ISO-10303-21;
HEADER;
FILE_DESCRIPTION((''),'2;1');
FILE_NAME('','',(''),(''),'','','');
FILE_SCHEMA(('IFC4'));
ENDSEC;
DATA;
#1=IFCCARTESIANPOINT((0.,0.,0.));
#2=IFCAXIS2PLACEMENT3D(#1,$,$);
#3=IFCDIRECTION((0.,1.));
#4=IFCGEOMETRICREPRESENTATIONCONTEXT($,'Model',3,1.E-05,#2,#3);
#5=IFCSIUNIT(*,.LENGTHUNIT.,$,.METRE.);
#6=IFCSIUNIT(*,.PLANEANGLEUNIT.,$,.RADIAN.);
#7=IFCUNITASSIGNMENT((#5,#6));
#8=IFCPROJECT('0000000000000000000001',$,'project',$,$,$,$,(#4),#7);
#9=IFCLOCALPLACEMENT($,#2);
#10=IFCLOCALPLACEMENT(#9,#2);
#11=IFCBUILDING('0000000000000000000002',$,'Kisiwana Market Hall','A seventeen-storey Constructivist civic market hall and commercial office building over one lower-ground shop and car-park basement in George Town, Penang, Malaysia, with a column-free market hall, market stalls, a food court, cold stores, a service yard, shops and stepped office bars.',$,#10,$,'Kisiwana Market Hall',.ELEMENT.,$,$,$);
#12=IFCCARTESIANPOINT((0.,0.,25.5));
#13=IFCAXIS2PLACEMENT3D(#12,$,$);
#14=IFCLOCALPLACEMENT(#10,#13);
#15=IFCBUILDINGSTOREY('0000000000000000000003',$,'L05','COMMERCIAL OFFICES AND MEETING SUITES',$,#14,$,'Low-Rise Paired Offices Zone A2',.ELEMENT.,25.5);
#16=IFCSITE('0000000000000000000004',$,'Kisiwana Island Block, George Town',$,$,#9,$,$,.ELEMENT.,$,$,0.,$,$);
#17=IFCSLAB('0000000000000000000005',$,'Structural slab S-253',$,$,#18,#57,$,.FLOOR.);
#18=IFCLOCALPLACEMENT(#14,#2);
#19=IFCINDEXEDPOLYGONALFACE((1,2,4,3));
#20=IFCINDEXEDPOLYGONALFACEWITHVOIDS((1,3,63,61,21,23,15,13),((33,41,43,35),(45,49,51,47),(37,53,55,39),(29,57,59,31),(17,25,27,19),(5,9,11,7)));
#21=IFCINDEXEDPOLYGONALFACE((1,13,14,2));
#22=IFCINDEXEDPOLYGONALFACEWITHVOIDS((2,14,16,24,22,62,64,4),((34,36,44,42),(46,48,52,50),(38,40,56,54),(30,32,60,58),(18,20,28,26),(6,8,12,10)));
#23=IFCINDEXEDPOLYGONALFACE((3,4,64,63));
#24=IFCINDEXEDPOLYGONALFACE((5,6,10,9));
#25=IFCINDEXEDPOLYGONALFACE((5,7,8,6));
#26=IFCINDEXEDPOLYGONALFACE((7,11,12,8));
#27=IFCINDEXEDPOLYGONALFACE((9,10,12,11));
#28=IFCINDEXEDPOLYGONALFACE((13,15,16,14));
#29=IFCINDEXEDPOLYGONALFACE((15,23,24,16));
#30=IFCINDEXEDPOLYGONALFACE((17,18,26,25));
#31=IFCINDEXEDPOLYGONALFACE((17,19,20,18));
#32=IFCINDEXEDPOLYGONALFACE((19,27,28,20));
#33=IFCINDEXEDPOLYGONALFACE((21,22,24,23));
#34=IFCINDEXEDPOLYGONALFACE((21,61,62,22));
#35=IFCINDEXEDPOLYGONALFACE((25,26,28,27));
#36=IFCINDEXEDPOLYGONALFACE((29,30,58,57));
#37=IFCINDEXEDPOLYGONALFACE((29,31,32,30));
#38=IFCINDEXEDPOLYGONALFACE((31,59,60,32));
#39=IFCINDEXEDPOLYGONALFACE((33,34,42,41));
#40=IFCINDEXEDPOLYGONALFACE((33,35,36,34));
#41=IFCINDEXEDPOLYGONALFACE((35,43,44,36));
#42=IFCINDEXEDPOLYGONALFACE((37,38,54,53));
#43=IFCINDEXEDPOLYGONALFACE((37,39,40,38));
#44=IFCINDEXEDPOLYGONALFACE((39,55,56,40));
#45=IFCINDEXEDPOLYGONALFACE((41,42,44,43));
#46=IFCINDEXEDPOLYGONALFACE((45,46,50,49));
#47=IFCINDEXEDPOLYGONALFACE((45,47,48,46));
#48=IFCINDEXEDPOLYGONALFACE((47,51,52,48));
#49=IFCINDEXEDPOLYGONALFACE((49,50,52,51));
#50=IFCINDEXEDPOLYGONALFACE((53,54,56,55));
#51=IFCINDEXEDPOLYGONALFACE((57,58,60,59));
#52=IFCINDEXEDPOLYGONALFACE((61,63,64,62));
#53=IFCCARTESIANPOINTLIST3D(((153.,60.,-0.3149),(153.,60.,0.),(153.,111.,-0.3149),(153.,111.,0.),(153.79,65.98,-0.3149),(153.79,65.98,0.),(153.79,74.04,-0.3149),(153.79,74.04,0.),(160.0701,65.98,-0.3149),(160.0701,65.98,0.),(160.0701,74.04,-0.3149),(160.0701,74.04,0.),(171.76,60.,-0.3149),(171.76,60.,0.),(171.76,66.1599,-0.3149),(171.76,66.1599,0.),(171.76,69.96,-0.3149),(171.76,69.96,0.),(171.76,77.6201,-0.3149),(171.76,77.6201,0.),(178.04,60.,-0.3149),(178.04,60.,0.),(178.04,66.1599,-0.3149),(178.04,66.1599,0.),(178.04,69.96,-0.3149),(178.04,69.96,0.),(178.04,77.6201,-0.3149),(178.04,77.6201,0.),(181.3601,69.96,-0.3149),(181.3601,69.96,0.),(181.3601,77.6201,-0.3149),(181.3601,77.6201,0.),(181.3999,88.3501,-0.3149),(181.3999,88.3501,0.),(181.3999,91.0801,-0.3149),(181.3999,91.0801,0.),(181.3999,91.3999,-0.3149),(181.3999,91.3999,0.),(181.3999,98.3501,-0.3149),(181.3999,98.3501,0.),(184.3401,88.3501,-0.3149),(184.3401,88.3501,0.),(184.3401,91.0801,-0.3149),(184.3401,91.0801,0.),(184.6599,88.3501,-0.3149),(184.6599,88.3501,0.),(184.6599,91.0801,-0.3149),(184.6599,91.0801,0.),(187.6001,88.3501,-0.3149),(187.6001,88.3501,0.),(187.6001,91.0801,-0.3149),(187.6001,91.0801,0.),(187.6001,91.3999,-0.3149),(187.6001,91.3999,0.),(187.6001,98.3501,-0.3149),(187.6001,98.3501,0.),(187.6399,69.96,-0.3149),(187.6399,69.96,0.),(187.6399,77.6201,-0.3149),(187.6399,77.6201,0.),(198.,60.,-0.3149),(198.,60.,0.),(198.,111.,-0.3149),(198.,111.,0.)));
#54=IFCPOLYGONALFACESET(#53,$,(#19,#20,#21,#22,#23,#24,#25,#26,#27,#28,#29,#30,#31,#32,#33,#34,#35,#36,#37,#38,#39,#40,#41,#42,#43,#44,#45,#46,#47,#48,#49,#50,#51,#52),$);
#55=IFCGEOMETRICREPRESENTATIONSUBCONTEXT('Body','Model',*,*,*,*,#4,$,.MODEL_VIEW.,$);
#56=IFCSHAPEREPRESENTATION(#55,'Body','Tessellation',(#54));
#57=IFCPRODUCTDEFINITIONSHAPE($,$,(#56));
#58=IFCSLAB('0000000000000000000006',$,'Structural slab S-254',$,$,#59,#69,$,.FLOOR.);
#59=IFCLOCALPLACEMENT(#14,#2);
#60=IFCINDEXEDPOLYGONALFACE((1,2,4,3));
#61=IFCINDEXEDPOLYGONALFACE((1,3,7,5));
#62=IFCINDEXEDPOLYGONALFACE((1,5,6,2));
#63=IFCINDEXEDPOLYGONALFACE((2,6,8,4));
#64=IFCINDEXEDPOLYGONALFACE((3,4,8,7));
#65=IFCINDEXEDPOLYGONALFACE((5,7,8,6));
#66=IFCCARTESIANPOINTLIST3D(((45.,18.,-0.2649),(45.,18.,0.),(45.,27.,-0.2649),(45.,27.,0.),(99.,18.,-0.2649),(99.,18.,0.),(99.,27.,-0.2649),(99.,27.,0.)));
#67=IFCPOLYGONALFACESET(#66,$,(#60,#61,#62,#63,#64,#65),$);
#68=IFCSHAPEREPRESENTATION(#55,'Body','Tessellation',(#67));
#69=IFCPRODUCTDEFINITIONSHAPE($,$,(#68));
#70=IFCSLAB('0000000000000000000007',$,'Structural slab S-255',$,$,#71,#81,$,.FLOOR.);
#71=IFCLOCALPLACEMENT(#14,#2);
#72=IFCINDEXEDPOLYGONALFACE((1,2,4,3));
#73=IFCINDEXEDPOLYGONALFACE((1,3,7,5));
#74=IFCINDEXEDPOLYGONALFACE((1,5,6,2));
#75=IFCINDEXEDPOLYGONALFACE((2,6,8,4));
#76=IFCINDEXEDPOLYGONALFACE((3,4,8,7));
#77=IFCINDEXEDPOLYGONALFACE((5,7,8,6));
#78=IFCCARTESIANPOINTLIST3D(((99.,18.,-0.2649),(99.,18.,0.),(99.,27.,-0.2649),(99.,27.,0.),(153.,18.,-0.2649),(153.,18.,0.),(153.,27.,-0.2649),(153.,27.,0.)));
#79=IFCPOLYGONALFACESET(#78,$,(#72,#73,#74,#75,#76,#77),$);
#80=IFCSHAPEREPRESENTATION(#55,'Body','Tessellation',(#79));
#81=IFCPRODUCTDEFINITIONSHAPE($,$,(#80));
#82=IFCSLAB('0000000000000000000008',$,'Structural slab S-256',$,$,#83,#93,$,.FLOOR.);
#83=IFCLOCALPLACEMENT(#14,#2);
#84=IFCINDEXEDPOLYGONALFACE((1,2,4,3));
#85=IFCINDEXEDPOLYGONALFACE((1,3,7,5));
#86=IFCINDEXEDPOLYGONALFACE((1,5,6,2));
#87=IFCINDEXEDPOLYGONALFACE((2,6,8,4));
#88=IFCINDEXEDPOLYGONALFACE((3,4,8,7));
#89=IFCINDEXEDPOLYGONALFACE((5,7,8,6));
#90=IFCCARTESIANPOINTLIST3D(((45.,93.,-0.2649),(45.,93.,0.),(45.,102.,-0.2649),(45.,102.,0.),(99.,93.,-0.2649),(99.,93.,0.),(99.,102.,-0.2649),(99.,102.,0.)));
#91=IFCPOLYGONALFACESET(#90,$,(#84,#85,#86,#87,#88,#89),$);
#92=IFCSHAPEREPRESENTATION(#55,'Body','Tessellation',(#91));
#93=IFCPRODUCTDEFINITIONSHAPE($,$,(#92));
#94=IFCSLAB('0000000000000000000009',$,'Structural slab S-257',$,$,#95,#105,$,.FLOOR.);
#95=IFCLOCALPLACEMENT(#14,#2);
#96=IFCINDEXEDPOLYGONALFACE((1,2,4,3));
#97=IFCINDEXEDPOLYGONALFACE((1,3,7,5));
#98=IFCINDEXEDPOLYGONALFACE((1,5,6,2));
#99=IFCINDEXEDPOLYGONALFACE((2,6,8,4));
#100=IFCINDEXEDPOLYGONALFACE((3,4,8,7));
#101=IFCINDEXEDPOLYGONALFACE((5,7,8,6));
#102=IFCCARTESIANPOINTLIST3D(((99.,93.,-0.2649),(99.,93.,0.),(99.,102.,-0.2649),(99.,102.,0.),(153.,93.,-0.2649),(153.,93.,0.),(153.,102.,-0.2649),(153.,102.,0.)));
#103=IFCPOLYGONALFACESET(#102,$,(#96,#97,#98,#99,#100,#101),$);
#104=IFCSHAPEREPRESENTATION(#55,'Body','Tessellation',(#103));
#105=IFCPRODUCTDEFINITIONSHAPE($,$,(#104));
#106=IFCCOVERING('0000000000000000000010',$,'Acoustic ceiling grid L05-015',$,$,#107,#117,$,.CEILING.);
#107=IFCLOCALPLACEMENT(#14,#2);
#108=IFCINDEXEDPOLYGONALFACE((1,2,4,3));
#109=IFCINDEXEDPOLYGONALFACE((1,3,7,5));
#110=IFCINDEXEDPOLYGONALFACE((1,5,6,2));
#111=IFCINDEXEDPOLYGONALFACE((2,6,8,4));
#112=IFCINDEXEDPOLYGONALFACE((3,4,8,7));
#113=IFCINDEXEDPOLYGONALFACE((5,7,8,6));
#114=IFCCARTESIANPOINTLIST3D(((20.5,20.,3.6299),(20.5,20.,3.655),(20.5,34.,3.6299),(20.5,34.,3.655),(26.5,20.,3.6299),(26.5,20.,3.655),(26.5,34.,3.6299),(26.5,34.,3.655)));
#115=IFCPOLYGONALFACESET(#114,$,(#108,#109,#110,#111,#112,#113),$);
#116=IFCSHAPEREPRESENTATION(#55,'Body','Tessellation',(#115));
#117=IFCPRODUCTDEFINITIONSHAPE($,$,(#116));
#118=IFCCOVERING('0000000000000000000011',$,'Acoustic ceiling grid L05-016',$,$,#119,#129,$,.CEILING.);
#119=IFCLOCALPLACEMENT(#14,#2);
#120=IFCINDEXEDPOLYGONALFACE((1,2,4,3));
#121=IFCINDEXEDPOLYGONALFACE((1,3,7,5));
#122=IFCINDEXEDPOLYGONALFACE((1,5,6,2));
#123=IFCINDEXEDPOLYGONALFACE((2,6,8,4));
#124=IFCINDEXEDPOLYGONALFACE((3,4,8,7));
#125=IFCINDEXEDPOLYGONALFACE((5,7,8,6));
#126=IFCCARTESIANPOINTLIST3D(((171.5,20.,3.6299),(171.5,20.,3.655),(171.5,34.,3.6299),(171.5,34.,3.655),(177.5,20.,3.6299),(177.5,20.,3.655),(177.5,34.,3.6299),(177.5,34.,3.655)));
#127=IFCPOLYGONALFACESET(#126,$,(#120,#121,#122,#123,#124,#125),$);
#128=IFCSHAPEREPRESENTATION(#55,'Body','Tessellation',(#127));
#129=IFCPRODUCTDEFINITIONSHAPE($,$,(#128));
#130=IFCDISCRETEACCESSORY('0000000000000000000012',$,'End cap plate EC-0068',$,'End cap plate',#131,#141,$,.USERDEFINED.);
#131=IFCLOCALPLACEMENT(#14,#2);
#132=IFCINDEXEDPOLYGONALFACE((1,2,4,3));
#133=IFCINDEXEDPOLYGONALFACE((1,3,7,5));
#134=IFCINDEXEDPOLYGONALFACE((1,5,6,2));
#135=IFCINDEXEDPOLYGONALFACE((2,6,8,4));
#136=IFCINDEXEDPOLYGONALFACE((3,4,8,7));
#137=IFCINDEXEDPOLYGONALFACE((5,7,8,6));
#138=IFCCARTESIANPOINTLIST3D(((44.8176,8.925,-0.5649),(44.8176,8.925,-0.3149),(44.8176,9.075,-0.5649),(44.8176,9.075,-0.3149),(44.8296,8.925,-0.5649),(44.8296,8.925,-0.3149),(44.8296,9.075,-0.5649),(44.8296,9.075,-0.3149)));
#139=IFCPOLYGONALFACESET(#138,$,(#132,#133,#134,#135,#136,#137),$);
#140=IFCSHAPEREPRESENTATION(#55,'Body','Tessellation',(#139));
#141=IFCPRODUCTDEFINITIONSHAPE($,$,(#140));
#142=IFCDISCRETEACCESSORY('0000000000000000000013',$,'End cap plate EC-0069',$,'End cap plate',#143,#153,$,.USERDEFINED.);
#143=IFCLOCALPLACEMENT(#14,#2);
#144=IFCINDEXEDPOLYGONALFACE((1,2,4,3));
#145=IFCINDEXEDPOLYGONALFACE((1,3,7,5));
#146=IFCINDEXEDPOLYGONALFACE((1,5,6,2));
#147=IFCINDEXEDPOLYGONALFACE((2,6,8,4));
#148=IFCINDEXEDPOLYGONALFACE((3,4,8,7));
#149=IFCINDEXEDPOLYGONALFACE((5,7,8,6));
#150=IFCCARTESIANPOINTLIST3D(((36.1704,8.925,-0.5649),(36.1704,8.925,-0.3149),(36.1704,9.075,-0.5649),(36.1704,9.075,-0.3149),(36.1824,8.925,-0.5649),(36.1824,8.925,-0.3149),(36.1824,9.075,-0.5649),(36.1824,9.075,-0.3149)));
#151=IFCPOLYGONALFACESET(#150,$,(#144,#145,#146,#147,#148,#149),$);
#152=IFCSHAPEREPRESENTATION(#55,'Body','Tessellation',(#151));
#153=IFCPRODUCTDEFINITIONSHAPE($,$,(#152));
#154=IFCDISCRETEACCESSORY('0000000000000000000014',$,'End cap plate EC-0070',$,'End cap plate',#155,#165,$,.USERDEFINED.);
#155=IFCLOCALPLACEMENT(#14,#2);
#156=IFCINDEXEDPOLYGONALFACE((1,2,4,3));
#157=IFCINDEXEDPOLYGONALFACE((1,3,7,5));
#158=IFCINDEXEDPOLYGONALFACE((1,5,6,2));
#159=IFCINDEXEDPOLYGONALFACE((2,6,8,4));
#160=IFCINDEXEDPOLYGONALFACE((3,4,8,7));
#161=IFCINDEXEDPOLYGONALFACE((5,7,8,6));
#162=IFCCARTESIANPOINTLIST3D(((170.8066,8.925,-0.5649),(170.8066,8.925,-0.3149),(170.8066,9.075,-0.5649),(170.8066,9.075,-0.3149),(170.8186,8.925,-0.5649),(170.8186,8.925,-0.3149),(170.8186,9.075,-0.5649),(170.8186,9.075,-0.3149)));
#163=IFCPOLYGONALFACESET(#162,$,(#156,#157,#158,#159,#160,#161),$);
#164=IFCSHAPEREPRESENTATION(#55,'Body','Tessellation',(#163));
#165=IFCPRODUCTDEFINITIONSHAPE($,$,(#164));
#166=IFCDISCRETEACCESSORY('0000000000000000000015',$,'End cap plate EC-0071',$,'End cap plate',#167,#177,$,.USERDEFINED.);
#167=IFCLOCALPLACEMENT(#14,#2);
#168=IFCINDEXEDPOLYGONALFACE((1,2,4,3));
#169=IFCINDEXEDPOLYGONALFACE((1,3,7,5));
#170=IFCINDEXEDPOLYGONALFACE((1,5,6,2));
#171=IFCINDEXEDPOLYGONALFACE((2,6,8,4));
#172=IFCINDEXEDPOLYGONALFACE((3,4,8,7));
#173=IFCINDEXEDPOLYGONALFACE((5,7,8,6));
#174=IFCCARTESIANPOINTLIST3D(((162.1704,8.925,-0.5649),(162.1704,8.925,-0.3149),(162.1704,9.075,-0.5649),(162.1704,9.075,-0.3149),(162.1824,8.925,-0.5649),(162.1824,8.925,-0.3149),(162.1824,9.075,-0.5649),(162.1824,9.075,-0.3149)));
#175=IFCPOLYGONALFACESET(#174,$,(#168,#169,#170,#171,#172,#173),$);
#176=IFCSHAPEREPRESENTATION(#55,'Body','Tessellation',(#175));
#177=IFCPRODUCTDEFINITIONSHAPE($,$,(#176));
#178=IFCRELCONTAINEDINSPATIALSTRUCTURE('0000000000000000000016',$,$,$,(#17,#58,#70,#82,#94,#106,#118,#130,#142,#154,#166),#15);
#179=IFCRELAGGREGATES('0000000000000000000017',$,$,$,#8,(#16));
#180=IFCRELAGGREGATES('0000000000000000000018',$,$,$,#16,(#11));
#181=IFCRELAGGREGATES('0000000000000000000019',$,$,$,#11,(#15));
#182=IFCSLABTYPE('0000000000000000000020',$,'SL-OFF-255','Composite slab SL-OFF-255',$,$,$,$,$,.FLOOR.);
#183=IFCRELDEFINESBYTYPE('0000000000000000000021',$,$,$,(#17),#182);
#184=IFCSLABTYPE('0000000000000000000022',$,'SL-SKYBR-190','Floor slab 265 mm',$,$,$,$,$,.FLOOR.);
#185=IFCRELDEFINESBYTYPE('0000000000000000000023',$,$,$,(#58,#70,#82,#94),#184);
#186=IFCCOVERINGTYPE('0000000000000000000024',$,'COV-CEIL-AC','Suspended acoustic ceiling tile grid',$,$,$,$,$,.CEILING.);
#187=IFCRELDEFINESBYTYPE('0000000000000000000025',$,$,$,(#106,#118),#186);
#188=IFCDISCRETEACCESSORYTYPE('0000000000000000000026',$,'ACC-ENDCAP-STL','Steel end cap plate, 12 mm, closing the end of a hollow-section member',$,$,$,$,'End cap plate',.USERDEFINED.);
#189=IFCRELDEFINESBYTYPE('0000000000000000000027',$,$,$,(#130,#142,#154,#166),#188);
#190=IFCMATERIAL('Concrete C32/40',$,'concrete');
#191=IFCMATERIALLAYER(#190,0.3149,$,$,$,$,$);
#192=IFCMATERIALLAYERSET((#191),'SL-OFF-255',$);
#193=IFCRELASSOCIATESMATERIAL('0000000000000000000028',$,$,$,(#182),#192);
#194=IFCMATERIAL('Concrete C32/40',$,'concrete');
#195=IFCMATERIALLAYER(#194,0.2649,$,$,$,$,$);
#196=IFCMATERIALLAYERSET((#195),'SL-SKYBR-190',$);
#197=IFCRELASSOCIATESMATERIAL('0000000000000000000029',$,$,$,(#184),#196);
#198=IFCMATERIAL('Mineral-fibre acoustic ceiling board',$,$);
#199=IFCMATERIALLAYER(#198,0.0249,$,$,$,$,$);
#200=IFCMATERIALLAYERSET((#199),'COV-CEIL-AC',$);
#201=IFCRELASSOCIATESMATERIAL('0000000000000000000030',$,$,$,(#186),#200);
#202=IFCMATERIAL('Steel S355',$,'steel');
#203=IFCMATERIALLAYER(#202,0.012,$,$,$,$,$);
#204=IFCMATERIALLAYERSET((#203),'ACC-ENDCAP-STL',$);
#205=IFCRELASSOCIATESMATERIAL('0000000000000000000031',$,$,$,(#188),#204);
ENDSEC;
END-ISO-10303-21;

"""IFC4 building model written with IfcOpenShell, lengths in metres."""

from ifc_helpers import new_model, si_unit, direction, frame, origin, place, context, subcontext, project, spatial, polyline, outline, extrude, material, layer, layer_set, type_object, element, save


model = new_model("IFC4")

# Units and contexts
model_context = context("Model", 3, precision=1e-05, world=origin(), true_north=direction((0.0, 1.0)))
body_context = subcontext(model_context, "Body", "Model", "MODEL_VIEW")
ifc_project = project(units=[si_unit("LENGTHUNIT", "METRE"), si_unit("PLANEANGLEUNIT", "RADIAN")], contexts=[model_context])

# Site, building, storey
site_placement = place(None, origin())
site = spatial("IfcSite", under=ifc_project, at=site_placement, Name="Kisiwana Island Block, George Town", CompositionType="ELEMENT", RefElevation=0.0)
building_placement = place(site_placement, origin())
building = spatial("IfcBuilding", under=site, at=building_placement, Name="Kisiwana Market Hall", Description="A seventeen-storey Constructivist civic market hall and commercial office building over one lower-ground shop and car-park basement in George Town, Penang, Malaysia, with a column-free market hall, market stalls, a food court, cold stores, a service yard, shops and stepped office bars.", LongName="Kisiwana Market Hall", CompositionType="ELEMENT")
storey_placement = place(building_placement, frame((0.0, 0.0, 25.5)))
storey = spatial("IfcBuildingStorey", under=building, at=storey_placement, Name="L05", Description="COMMERCIAL OFFICES AND MEETING SUITES", LongName="Low-Rise Paired Offices Zone A2", CompositionType="ELEMENT", Elevation=25.5)

# Slabs
ifc_material_1 = material(Name="Concrete C32/40", Category="concrete")
ifc_layer_1 = layer(ifc_material_1, 0.3149)
ifc_layer_set_1 = layer_set([ifc_layer_1], Name="SL-OFF-255")
slab_type_1 = type_object("IfcSlabType", Name="SL-OFF-255", Description="Composite slab SL-OFF-255", PredefinedType="FLOOR", material=ifc_layer_set_1)
slab_1_placement = place(storey_placement, frame((0.0, 0.0, -0.3149)))
element("IfcSlab", 1, at=slab_1_placement, inside=storey, type_object=slab_type_1, Name="Structural slab S-253", PredefinedType="FLOOR", context=body_context, shape_type="SweptSolid", body=[
    extrude(outline(polyline([(153.0, 60.0), (171.76, 60.0), (171.76, 66.1599), (178.04, 66.1599), (178.04, 60.0), (198.0, 60.0), (198.0, 111.0), (153.0, 111.0), (153.0, 60.0)]), holes=[polyline([(181.3999, 91.3999), (187.6001, 91.3999), (187.6001, 98.3501), (181.3999, 98.3501), (181.3999, 91.3999)]), polyline([(181.3999, 88.3501), (184.3401, 88.3501), (184.3401, 91.0801), (181.3999, 91.0801), (181.3999, 88.3501)]), polyline([(184.6599, 88.3501), (187.6001, 88.3501), (187.6001, 91.0801), (184.6599, 91.0801), (184.6599, 88.3501)]), polyline([(181.3601, 69.96), (187.6399, 69.96), (187.6399, 77.6201), (181.3601, 77.6201), (181.3601, 69.96)]), polyline([(171.76, 69.96), (178.04, 69.96), (178.04, 77.6201), (171.76, 77.6201), (171.76, 69.96)]), polyline([(153.79, 65.98), (160.0701, 65.98), (160.0701, 74.04), (153.79, 74.04), (153.79, 65.98)])]), origin(), (0.0, 0.0, 1.0), 0.3149),
])
ifc_material_2 = material(Name="Concrete C32/40", Category="concrete")
ifc_layer_2 = layer(ifc_material_2, 0.2649)
ifc_layer_set_2 = layer_set([ifc_layer_2], Name="SL-SKYBR-190")
slab_type_2 = type_object("IfcSlabType", Name="SL-SKYBR-190", Description="Floor slab 265 mm", PredefinedType="FLOOR", material=ifc_layer_set_2)
slab_2_placement = place(storey_placement, frame((0.0, 0.0, -0.2649)))
element("IfcSlab", 2, at=slab_2_placement, inside=storey, type_object=slab_type_2, Name="Structural slab S-254", PredefinedType="FLOOR", context=body_context, shape_type="SweptSolid", body=[
    extrude(outline(polyline([(45.0, 18.0), (99.0, 18.0), (99.0, 27.0), (45.0, 27.0), (45.0, 18.0)])), origin(), (0.0, 0.0, 1.0), 0.2649),
])
slab_3_placement = place(storey_placement, frame((0.0, 0.0, -0.2649)))
element("IfcSlab", 3, at=slab_3_placement, inside=storey, type_object=slab_type_2, Name="Structural slab S-255", PredefinedType="FLOOR", context=body_context, shape_type="SweptSolid", body=[
    extrude(outline(polyline([(99.0, 18.0), (153.0, 18.0), (153.0, 27.0), (99.0, 27.0), (99.0, 18.0)])), origin(), (0.0, 0.0, 1.0), 0.2649),
])
slab_4_placement = place(storey_placement, frame((0.0, 0.0, -0.2649)))
element("IfcSlab", 4, at=slab_4_placement, inside=storey, type_object=slab_type_2, Name="Structural slab S-256", PredefinedType="FLOOR", context=body_context, shape_type="SweptSolid", body=[
    extrude(outline(polyline([(45.0, 93.0), (99.0, 93.0), (99.0, 102.0), (45.0, 102.0), (45.0, 93.0)])), origin(), (0.0, 0.0, 1.0), 0.2649),
])
slab_5_placement = place(storey_placement, frame((0.0, 0.0, -0.2649)))
element("IfcSlab", 5, at=slab_5_placement, inside=storey, type_object=slab_type_2, Name="Structural slab S-257", PredefinedType="FLOOR", context=body_context, shape_type="SweptSolid", body=[
    extrude(outline(polyline([(99.0, 93.0), (153.0, 93.0), (153.0, 102.0), (99.0, 102.0), (99.0, 93.0)])), origin(), (0.0, 0.0, 1.0), 0.2649),
])

# Coverings
ifc_material_3 = material(Name="Mineral-fibre acoustic ceiling board")
ifc_layer_3 = layer(ifc_material_3, 0.0249)
ifc_layer_set_3 = layer_set([ifc_layer_3], Name="COV-CEIL-AC")
covering_type = type_object("IfcCoveringType", Name="COV-CEIL-AC", Description="Suspended acoustic ceiling tile grid", PredefinedType="CEILING", material=ifc_layer_set_3)
covering_1_placement = place(storey_placement, frame((0.0, 0.0, 3.6299)))
element("IfcCovering", 6, at=covering_1_placement, inside=storey, type_object=covering_type, Name="Acoustic ceiling grid L05-015", PredefinedType="CEILING", context=body_context, shape_type="SweptSolid", body=[
    extrude(outline(polyline([(20.5, 20.0), (26.5, 20.0), (26.5, 34.0), (20.5, 34.0), (20.5, 20.0)])), origin(), (0.0, 0.0, 1.0), 0.0251),
])
covering_2_placement = place(storey_placement, frame((0.0, 0.0, 3.6299)))
element("IfcCovering", 7, at=covering_2_placement, inside=storey, type_object=covering_type, Name="Acoustic ceiling grid L05-016", PredefinedType="CEILING", context=body_context, shape_type="SweptSolid", body=[
    extrude(outline(polyline([(171.5, 20.0), (177.5, 20.0), (177.5, 34.0), (171.5, 34.0), (171.5, 20.0)])), origin(), (0.0, 0.0, 1.0), 0.0251),
])

# Discrete accessories
ifc_material_4 = material(Name="Steel S355", Category="steel")
ifc_layer_4 = layer(ifc_material_4, 0.012)
ifc_layer_set_4 = layer_set([ifc_layer_4], Name="ACC-ENDCAP-STL")
discrete_accessory_type = type_object("IfcDiscreteAccessoryType", Name="ACC-ENDCAP-STL", Description="Steel end cap plate, 12 mm, closing the end of a hollow-section member", ElementType="End cap plate", PredefinedType="USERDEFINED", material=ifc_layer_set_4)
discrete_accessory_1_placement = place(storey_placement, frame((0.0, 0.0, -0.5649)))
element("IfcDiscreteAccessory", 8, at=discrete_accessory_1_placement, inside=storey, type_object=discrete_accessory_type, Name="End cap plate EC-0068", ObjectType="End cap plate", PredefinedType="USERDEFINED", context=body_context, shape_type="SweptSolid", body=[
    extrude(outline(polyline([(44.8176, 8.925), (44.8296, 8.925), (44.8296, 9.075), (44.8176, 9.075), (44.8176, 8.925)])), origin(), (0.0, 0.0, 1.0), 0.25),
])
discrete_accessory_2_placement = place(storey_placement, frame((0.0, 0.0, -0.5649)))
element("IfcDiscreteAccessory", 9, at=discrete_accessory_2_placement, inside=storey, type_object=discrete_accessory_type, Name="End cap plate EC-0069", ObjectType="End cap plate", PredefinedType="USERDEFINED", context=body_context, shape_type="SweptSolid", body=[
    extrude(outline(polyline([(36.1824, 8.925), (36.1824, 9.075), (36.1704, 9.075), (36.1704, 8.925), (36.1824, 8.925)])), origin(), (0.0, 0.0, 1.0), 0.25),
])
discrete_accessory_3_placement = place(storey_placement, frame((0.0, 0.0, -0.5649)))
element("IfcDiscreteAccessory", 10, at=discrete_accessory_3_placement, inside=storey, type_object=discrete_accessory_type, Name="End cap plate EC-0070", ObjectType="End cap plate", PredefinedType="USERDEFINED", context=body_context, shape_type="SweptSolid", body=[
    extrude(outline(polyline([(170.8066, 8.925), (170.8186, 8.925), (170.8186, 9.075), (170.8066, 9.075), (170.8066, 8.925)])), origin(), (0.0, 0.0, 1.0), 0.25),
])
discrete_accessory_4_placement = place(storey_placement, frame((0.0, 0.0, -0.5649)))
element("IfcDiscreteAccessory", 11, at=discrete_accessory_4_placement, inside=storey, type_object=discrete_accessory_type, Name="End cap plate EC-0071", ObjectType="End cap plate", PredefinedType="USERDEFINED", context=body_context, shape_type="SweptSolid", body=[
    extrude(outline(polyline([(162.1824, 8.925), (162.1824, 9.075), (162.1704, 9.075), (162.1704, 8.925), (162.1824, 8.925)])), origin(), (0.0, 0.0, 1.0), 0.25),
])

save(model, "model.ifc")
